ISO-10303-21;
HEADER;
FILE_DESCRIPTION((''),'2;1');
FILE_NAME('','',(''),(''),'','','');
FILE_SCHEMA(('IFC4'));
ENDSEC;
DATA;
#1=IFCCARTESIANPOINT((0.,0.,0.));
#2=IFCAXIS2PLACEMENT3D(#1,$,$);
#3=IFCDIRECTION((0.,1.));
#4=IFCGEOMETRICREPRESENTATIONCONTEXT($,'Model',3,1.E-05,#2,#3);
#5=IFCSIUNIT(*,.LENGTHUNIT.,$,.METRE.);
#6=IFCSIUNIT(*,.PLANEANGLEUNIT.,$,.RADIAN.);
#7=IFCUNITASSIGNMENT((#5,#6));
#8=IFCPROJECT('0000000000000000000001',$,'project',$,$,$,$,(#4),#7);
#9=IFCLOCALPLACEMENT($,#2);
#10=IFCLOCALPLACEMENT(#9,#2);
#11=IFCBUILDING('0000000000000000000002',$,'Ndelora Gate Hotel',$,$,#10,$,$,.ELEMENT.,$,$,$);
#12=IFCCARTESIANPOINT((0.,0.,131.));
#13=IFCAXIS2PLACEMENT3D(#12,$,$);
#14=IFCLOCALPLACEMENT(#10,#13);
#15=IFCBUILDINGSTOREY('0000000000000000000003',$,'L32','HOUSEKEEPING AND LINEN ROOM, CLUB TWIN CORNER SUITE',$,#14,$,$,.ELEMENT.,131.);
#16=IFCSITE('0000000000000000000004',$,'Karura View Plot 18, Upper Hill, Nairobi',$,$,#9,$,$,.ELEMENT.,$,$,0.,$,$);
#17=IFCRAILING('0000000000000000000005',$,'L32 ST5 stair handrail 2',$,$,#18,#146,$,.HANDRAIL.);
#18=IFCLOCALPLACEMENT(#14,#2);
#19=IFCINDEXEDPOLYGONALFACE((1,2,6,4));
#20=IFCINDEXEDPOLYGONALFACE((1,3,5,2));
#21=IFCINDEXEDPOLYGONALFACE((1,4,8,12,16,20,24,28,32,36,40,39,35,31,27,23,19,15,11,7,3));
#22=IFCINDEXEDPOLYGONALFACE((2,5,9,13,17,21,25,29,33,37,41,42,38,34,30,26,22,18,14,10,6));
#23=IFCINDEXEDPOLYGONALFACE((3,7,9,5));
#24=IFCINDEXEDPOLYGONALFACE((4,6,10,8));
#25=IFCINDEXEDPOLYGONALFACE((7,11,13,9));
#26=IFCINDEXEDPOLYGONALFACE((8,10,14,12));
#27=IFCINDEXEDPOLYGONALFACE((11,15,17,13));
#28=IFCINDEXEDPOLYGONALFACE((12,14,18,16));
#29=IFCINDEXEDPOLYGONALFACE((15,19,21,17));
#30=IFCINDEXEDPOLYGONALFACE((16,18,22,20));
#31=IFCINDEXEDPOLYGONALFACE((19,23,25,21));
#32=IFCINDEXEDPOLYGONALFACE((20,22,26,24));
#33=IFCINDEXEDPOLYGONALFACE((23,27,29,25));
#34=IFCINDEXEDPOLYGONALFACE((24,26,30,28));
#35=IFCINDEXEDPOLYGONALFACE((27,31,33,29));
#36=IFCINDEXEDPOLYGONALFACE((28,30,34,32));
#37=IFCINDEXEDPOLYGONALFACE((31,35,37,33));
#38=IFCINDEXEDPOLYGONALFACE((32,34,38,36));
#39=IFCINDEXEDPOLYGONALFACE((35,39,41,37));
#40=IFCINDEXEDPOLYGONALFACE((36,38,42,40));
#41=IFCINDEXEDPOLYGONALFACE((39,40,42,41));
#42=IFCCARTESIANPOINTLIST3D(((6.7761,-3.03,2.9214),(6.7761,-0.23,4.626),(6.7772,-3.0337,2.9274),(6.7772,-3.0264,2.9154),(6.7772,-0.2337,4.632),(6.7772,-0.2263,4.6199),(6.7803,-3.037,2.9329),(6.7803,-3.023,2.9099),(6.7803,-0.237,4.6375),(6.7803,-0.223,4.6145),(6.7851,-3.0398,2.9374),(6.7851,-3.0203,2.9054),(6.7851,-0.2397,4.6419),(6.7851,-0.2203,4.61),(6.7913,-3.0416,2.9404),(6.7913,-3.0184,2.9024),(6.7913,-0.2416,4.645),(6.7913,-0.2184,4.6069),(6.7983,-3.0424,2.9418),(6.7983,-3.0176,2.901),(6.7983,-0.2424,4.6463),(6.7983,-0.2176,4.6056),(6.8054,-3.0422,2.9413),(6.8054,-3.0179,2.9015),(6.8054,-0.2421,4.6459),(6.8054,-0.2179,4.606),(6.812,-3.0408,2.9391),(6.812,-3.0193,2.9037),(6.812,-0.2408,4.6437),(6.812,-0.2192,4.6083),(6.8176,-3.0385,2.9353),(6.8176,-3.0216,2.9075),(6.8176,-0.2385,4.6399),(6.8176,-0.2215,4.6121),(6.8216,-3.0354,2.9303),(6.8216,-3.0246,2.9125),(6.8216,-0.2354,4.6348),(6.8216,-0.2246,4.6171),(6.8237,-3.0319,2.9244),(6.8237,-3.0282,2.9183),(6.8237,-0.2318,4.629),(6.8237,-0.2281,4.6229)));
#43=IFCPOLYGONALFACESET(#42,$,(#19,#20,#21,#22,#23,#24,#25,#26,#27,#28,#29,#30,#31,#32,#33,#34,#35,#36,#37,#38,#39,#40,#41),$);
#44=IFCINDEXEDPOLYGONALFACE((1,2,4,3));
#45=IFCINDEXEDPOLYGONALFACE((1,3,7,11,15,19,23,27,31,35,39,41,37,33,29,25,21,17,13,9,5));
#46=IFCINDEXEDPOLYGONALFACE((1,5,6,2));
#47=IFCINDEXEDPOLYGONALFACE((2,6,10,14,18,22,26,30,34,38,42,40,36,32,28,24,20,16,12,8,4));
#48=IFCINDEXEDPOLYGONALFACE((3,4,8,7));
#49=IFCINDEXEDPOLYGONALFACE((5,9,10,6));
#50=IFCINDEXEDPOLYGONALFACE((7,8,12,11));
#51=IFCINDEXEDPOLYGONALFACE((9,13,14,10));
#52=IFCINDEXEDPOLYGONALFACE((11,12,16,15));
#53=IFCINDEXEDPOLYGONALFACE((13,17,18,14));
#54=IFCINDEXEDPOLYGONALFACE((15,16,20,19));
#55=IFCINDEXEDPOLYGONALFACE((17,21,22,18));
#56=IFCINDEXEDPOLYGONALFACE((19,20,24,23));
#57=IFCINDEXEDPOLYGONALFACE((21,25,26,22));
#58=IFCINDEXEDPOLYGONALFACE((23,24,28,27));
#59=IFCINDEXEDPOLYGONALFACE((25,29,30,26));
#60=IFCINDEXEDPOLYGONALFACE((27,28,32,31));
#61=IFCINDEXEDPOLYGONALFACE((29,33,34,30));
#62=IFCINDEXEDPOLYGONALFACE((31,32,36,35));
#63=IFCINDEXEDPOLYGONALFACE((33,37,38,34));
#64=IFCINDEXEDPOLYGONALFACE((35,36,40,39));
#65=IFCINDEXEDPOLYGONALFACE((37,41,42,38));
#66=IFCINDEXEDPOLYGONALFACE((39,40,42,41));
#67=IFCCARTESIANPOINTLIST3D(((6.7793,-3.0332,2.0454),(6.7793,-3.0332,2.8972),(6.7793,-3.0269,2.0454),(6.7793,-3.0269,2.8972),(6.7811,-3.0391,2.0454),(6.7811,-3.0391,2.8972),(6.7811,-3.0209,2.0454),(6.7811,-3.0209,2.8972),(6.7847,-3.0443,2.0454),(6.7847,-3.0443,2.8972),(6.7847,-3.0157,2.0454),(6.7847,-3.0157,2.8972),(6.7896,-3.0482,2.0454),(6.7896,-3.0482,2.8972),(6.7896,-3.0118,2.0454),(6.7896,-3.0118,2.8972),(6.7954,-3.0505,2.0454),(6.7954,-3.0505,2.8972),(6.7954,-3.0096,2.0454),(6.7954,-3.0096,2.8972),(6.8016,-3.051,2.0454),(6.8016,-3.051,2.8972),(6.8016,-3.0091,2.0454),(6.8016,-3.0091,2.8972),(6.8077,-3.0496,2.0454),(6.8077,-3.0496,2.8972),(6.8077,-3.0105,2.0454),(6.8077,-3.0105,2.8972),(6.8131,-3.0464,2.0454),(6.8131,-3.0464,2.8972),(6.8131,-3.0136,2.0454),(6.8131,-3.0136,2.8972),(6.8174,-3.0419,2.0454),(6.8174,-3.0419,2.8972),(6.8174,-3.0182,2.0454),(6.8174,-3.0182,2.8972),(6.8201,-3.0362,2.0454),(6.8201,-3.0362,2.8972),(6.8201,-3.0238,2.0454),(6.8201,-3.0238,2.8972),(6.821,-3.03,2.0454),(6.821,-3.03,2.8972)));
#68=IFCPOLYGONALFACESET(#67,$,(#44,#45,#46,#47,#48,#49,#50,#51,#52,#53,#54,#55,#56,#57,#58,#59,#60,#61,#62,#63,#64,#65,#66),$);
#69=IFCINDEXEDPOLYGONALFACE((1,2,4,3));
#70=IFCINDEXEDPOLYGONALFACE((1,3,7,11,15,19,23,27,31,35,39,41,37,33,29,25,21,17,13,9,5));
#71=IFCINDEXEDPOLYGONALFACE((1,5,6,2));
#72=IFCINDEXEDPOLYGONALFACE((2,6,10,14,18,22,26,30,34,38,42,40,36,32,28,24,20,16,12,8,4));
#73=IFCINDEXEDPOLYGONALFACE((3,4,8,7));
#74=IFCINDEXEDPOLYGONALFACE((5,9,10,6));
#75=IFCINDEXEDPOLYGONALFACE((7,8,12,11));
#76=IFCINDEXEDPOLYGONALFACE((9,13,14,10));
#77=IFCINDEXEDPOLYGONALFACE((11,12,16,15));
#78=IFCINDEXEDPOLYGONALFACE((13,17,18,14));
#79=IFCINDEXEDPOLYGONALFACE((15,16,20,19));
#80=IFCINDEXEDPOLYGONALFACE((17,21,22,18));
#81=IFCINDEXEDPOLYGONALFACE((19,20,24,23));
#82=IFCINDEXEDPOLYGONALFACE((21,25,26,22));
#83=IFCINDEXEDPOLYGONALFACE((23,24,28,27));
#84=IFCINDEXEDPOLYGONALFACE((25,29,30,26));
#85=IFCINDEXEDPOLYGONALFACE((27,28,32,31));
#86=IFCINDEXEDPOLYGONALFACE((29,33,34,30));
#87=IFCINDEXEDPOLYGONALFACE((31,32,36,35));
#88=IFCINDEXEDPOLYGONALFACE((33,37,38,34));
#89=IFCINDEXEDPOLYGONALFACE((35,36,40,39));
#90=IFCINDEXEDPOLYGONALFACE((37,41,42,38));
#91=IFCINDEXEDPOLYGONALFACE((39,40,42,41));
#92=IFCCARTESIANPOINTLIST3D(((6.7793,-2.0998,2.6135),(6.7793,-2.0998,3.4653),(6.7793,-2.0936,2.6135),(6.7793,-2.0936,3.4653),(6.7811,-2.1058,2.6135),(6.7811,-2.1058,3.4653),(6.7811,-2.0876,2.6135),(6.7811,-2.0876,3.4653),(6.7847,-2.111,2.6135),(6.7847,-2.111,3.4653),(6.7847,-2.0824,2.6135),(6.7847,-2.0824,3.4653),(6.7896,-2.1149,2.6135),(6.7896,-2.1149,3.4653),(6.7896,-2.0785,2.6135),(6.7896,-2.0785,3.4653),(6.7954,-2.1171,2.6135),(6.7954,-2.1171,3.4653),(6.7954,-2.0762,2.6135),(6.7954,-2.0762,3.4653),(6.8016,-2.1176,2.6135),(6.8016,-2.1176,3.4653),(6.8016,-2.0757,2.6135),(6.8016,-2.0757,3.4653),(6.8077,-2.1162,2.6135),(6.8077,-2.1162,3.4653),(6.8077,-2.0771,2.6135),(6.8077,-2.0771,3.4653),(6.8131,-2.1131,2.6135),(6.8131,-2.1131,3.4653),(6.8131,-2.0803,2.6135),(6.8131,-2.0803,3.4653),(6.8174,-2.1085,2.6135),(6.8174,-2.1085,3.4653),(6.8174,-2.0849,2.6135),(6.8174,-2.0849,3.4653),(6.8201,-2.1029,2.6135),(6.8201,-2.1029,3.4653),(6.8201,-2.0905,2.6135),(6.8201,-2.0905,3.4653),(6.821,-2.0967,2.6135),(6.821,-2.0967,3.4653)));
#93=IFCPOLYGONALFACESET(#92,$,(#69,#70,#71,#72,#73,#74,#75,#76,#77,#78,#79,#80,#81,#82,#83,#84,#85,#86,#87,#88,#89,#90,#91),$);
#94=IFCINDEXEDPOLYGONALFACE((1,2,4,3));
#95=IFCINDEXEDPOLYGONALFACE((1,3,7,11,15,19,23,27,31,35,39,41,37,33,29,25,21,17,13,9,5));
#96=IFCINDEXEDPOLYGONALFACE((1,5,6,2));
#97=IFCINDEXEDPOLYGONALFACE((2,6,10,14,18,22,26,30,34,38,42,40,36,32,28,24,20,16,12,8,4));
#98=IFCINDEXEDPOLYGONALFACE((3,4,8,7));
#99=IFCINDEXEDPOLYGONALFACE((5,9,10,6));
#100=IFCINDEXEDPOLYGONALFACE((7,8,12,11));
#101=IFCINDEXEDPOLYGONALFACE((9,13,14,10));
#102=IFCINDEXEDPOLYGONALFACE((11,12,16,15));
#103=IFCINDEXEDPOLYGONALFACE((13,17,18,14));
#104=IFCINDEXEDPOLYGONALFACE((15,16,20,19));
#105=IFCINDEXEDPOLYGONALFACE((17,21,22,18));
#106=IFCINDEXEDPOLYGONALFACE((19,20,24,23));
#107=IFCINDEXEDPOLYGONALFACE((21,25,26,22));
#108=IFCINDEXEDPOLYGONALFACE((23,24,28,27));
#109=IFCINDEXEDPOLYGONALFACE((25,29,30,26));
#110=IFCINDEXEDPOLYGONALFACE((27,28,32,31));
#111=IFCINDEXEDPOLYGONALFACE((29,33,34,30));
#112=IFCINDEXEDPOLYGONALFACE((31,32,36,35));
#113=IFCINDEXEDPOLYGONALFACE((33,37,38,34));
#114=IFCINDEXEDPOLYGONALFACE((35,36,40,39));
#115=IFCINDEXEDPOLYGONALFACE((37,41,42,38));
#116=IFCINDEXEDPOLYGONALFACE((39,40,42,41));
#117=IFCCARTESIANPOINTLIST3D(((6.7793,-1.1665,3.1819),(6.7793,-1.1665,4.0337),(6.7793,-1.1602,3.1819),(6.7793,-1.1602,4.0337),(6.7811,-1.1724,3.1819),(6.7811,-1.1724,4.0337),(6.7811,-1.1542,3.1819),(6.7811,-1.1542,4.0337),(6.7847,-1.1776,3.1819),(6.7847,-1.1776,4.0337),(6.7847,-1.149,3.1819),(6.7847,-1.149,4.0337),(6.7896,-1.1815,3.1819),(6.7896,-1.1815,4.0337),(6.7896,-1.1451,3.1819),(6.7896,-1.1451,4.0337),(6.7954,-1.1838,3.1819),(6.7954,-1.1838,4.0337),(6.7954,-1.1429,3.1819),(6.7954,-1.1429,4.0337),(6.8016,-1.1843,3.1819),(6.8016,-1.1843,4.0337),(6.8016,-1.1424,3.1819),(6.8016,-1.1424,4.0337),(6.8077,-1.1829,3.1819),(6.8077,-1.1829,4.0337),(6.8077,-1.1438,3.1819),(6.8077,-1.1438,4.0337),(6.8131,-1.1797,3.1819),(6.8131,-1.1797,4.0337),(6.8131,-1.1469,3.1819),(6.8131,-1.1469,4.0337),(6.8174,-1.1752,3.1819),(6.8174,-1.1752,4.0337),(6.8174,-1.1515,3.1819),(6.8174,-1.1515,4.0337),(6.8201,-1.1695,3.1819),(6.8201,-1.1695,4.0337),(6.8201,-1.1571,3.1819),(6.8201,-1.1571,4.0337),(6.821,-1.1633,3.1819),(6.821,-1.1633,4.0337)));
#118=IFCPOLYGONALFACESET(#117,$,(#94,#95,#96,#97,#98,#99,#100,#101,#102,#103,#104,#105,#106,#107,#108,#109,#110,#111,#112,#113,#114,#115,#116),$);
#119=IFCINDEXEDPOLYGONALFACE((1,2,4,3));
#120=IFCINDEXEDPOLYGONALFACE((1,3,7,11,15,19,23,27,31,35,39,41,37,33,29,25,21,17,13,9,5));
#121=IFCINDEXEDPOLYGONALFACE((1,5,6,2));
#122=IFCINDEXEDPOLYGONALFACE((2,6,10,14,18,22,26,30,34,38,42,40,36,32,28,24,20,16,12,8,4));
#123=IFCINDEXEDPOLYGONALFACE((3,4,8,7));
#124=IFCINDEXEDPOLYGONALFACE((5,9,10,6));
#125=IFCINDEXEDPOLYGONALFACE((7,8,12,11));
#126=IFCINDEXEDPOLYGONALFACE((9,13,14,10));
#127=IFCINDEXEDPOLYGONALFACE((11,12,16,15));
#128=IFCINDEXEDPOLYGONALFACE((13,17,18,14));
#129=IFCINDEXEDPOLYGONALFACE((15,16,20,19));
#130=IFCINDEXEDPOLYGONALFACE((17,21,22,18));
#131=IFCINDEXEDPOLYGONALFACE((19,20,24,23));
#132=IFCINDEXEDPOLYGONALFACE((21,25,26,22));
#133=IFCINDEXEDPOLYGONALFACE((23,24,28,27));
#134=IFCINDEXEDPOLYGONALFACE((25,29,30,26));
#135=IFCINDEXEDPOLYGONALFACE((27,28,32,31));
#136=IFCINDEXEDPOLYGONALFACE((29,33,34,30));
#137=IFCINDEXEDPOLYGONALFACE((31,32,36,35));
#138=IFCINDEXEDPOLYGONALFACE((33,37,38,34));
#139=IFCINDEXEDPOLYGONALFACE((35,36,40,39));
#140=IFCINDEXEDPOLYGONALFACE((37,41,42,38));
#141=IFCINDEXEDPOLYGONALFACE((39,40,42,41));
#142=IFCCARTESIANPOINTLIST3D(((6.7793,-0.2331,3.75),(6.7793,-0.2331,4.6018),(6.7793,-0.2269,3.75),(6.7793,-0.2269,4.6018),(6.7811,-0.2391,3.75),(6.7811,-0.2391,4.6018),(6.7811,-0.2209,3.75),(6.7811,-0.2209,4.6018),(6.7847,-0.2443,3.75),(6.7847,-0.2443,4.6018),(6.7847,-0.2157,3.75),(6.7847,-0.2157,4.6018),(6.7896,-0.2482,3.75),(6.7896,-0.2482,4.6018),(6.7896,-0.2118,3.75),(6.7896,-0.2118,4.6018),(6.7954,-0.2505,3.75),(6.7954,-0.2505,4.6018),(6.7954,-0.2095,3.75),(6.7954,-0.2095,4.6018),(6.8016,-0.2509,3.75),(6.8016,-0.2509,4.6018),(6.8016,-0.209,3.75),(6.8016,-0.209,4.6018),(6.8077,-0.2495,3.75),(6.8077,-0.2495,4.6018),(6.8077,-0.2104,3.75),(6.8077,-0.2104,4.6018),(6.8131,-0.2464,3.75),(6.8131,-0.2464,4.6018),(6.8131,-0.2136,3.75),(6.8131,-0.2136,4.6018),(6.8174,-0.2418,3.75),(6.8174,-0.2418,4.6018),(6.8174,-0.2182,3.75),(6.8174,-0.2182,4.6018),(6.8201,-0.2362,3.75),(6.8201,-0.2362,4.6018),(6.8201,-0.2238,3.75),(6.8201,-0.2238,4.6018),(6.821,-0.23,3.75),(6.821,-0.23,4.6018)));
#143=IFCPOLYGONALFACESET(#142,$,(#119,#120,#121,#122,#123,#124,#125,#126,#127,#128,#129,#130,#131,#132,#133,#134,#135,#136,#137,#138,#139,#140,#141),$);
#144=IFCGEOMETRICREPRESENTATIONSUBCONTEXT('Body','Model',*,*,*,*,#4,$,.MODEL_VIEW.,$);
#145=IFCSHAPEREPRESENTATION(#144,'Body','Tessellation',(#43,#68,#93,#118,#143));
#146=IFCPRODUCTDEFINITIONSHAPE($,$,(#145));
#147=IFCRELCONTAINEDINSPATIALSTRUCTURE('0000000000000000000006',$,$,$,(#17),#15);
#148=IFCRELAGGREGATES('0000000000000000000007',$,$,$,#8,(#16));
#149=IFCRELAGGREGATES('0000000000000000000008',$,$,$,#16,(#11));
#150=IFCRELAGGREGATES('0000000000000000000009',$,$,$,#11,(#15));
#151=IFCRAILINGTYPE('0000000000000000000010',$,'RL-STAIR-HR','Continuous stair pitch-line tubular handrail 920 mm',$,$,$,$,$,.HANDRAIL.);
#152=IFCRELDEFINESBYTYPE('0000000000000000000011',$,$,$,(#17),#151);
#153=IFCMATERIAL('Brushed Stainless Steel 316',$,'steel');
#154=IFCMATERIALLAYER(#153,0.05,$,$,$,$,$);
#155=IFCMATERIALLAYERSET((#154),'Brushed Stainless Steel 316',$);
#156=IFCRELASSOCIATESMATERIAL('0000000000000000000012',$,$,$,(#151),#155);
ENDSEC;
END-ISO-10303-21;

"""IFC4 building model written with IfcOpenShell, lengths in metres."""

from ifc_helpers import new_model, si_unit, direction, frame, origin, origin_2d, place, context, subcontext, project, spatial, circle, extrude, material, layer, layer_set, type_object, element, save


model = new_model("IFC4")

# Units and contexts
model_context = context("Model", 3, precision=1e-05, world=origin(), true_north=direction((0.0, 1.0)))
body_context = subcontext(model_context, "Body", "Model", "MODEL_VIEW")
ifc_project = project(units=[si_unit("LENGTHUNIT", "METRE"), si_unit("PLANEANGLEUNIT", "RADIAN")], contexts=[model_context])

# Site, building, storey
site_placement = place(None, origin())
site = spatial("IfcSite", under=ifc_project, at=site_placement, Name="Karura View Plot 18, Upper Hill, Nairobi", CompositionType="ELEMENT", RefElevation=0.0)
building_placement = place(site_placement, origin())
building = spatial("IfcBuilding", under=site, at=building_placement, Name="Ndelora Gate Hotel", CompositionType="ELEMENT")
storey_placement = place(building_placement, frame((0.0, 0.0, 131.0)))
storey = spatial("IfcBuildingStorey", under=building, at=storey_placement, Name="L32", Description="HOUSEKEEPING AND LINEN ROOM, CLUB TWIN CORNER SUITE", CompositionType="ELEMENT", Elevation=131.0)

# Railing
ifc_material_1 = material(Name="Brushed Stainless Steel 316", Category="steel")
ifc_layer_1 = layer(ifc_material_1, 0.05)
ifc_layer_set_1 = layer_set([ifc_layer_1], Name="Brushed Stainless Steel 316")
railing_type_1 = type_object("IfcRailingType", Name="RL-STAIR-HR", Description="Continuous stair pitch-line tubular handrail 920 mm", PredefinedType="HANDRAIL", material=ifc_layer_set_1)
railing_1_placement = place(storey_placement, frame((6.8, -3.03, 2.0454)))
element("IfcRailing", 1, at=railing_1_placement, inside=storey, type_object=railing_type_1, Name="L32 ST5 stair handrail 2", PredefinedType="HANDRAIL", context=body_context, shape_type="SweptSolid", body=[
    extrude(circle(Radius=0.0239, at=origin_2d()), frame((0.0, 0.0, 0.876), z_axis=(0.0, 0.85417, 0.519994), x_axis=(-1.0, 0.0, 0.0)), (0.0, 0.0, 1.0), 3.2781),
    extrude(circle(Radius=0.021, at=origin_2d()), origin(), (0.0, 0.0, 1.0), 0.8518),
    extrude(circle(Radius=0.021, at=origin_2d()), frame((0.0, 0.9333, 0.5681)), (0.0, 0.0, 1.0), 0.8518),
    extrude(circle(Radius=0.021, at=origin_2d()), frame((0.0, 1.8667, 1.1365)), (0.0, 0.0, 1.0), 0.8518),
    extrude(circle(Radius=0.021, at=origin_2d()), frame((0.0, 2.8, 1.7046)), (0.0, 0.0, 1.0), 0.8518),
])

save(model, "model.ifc")
